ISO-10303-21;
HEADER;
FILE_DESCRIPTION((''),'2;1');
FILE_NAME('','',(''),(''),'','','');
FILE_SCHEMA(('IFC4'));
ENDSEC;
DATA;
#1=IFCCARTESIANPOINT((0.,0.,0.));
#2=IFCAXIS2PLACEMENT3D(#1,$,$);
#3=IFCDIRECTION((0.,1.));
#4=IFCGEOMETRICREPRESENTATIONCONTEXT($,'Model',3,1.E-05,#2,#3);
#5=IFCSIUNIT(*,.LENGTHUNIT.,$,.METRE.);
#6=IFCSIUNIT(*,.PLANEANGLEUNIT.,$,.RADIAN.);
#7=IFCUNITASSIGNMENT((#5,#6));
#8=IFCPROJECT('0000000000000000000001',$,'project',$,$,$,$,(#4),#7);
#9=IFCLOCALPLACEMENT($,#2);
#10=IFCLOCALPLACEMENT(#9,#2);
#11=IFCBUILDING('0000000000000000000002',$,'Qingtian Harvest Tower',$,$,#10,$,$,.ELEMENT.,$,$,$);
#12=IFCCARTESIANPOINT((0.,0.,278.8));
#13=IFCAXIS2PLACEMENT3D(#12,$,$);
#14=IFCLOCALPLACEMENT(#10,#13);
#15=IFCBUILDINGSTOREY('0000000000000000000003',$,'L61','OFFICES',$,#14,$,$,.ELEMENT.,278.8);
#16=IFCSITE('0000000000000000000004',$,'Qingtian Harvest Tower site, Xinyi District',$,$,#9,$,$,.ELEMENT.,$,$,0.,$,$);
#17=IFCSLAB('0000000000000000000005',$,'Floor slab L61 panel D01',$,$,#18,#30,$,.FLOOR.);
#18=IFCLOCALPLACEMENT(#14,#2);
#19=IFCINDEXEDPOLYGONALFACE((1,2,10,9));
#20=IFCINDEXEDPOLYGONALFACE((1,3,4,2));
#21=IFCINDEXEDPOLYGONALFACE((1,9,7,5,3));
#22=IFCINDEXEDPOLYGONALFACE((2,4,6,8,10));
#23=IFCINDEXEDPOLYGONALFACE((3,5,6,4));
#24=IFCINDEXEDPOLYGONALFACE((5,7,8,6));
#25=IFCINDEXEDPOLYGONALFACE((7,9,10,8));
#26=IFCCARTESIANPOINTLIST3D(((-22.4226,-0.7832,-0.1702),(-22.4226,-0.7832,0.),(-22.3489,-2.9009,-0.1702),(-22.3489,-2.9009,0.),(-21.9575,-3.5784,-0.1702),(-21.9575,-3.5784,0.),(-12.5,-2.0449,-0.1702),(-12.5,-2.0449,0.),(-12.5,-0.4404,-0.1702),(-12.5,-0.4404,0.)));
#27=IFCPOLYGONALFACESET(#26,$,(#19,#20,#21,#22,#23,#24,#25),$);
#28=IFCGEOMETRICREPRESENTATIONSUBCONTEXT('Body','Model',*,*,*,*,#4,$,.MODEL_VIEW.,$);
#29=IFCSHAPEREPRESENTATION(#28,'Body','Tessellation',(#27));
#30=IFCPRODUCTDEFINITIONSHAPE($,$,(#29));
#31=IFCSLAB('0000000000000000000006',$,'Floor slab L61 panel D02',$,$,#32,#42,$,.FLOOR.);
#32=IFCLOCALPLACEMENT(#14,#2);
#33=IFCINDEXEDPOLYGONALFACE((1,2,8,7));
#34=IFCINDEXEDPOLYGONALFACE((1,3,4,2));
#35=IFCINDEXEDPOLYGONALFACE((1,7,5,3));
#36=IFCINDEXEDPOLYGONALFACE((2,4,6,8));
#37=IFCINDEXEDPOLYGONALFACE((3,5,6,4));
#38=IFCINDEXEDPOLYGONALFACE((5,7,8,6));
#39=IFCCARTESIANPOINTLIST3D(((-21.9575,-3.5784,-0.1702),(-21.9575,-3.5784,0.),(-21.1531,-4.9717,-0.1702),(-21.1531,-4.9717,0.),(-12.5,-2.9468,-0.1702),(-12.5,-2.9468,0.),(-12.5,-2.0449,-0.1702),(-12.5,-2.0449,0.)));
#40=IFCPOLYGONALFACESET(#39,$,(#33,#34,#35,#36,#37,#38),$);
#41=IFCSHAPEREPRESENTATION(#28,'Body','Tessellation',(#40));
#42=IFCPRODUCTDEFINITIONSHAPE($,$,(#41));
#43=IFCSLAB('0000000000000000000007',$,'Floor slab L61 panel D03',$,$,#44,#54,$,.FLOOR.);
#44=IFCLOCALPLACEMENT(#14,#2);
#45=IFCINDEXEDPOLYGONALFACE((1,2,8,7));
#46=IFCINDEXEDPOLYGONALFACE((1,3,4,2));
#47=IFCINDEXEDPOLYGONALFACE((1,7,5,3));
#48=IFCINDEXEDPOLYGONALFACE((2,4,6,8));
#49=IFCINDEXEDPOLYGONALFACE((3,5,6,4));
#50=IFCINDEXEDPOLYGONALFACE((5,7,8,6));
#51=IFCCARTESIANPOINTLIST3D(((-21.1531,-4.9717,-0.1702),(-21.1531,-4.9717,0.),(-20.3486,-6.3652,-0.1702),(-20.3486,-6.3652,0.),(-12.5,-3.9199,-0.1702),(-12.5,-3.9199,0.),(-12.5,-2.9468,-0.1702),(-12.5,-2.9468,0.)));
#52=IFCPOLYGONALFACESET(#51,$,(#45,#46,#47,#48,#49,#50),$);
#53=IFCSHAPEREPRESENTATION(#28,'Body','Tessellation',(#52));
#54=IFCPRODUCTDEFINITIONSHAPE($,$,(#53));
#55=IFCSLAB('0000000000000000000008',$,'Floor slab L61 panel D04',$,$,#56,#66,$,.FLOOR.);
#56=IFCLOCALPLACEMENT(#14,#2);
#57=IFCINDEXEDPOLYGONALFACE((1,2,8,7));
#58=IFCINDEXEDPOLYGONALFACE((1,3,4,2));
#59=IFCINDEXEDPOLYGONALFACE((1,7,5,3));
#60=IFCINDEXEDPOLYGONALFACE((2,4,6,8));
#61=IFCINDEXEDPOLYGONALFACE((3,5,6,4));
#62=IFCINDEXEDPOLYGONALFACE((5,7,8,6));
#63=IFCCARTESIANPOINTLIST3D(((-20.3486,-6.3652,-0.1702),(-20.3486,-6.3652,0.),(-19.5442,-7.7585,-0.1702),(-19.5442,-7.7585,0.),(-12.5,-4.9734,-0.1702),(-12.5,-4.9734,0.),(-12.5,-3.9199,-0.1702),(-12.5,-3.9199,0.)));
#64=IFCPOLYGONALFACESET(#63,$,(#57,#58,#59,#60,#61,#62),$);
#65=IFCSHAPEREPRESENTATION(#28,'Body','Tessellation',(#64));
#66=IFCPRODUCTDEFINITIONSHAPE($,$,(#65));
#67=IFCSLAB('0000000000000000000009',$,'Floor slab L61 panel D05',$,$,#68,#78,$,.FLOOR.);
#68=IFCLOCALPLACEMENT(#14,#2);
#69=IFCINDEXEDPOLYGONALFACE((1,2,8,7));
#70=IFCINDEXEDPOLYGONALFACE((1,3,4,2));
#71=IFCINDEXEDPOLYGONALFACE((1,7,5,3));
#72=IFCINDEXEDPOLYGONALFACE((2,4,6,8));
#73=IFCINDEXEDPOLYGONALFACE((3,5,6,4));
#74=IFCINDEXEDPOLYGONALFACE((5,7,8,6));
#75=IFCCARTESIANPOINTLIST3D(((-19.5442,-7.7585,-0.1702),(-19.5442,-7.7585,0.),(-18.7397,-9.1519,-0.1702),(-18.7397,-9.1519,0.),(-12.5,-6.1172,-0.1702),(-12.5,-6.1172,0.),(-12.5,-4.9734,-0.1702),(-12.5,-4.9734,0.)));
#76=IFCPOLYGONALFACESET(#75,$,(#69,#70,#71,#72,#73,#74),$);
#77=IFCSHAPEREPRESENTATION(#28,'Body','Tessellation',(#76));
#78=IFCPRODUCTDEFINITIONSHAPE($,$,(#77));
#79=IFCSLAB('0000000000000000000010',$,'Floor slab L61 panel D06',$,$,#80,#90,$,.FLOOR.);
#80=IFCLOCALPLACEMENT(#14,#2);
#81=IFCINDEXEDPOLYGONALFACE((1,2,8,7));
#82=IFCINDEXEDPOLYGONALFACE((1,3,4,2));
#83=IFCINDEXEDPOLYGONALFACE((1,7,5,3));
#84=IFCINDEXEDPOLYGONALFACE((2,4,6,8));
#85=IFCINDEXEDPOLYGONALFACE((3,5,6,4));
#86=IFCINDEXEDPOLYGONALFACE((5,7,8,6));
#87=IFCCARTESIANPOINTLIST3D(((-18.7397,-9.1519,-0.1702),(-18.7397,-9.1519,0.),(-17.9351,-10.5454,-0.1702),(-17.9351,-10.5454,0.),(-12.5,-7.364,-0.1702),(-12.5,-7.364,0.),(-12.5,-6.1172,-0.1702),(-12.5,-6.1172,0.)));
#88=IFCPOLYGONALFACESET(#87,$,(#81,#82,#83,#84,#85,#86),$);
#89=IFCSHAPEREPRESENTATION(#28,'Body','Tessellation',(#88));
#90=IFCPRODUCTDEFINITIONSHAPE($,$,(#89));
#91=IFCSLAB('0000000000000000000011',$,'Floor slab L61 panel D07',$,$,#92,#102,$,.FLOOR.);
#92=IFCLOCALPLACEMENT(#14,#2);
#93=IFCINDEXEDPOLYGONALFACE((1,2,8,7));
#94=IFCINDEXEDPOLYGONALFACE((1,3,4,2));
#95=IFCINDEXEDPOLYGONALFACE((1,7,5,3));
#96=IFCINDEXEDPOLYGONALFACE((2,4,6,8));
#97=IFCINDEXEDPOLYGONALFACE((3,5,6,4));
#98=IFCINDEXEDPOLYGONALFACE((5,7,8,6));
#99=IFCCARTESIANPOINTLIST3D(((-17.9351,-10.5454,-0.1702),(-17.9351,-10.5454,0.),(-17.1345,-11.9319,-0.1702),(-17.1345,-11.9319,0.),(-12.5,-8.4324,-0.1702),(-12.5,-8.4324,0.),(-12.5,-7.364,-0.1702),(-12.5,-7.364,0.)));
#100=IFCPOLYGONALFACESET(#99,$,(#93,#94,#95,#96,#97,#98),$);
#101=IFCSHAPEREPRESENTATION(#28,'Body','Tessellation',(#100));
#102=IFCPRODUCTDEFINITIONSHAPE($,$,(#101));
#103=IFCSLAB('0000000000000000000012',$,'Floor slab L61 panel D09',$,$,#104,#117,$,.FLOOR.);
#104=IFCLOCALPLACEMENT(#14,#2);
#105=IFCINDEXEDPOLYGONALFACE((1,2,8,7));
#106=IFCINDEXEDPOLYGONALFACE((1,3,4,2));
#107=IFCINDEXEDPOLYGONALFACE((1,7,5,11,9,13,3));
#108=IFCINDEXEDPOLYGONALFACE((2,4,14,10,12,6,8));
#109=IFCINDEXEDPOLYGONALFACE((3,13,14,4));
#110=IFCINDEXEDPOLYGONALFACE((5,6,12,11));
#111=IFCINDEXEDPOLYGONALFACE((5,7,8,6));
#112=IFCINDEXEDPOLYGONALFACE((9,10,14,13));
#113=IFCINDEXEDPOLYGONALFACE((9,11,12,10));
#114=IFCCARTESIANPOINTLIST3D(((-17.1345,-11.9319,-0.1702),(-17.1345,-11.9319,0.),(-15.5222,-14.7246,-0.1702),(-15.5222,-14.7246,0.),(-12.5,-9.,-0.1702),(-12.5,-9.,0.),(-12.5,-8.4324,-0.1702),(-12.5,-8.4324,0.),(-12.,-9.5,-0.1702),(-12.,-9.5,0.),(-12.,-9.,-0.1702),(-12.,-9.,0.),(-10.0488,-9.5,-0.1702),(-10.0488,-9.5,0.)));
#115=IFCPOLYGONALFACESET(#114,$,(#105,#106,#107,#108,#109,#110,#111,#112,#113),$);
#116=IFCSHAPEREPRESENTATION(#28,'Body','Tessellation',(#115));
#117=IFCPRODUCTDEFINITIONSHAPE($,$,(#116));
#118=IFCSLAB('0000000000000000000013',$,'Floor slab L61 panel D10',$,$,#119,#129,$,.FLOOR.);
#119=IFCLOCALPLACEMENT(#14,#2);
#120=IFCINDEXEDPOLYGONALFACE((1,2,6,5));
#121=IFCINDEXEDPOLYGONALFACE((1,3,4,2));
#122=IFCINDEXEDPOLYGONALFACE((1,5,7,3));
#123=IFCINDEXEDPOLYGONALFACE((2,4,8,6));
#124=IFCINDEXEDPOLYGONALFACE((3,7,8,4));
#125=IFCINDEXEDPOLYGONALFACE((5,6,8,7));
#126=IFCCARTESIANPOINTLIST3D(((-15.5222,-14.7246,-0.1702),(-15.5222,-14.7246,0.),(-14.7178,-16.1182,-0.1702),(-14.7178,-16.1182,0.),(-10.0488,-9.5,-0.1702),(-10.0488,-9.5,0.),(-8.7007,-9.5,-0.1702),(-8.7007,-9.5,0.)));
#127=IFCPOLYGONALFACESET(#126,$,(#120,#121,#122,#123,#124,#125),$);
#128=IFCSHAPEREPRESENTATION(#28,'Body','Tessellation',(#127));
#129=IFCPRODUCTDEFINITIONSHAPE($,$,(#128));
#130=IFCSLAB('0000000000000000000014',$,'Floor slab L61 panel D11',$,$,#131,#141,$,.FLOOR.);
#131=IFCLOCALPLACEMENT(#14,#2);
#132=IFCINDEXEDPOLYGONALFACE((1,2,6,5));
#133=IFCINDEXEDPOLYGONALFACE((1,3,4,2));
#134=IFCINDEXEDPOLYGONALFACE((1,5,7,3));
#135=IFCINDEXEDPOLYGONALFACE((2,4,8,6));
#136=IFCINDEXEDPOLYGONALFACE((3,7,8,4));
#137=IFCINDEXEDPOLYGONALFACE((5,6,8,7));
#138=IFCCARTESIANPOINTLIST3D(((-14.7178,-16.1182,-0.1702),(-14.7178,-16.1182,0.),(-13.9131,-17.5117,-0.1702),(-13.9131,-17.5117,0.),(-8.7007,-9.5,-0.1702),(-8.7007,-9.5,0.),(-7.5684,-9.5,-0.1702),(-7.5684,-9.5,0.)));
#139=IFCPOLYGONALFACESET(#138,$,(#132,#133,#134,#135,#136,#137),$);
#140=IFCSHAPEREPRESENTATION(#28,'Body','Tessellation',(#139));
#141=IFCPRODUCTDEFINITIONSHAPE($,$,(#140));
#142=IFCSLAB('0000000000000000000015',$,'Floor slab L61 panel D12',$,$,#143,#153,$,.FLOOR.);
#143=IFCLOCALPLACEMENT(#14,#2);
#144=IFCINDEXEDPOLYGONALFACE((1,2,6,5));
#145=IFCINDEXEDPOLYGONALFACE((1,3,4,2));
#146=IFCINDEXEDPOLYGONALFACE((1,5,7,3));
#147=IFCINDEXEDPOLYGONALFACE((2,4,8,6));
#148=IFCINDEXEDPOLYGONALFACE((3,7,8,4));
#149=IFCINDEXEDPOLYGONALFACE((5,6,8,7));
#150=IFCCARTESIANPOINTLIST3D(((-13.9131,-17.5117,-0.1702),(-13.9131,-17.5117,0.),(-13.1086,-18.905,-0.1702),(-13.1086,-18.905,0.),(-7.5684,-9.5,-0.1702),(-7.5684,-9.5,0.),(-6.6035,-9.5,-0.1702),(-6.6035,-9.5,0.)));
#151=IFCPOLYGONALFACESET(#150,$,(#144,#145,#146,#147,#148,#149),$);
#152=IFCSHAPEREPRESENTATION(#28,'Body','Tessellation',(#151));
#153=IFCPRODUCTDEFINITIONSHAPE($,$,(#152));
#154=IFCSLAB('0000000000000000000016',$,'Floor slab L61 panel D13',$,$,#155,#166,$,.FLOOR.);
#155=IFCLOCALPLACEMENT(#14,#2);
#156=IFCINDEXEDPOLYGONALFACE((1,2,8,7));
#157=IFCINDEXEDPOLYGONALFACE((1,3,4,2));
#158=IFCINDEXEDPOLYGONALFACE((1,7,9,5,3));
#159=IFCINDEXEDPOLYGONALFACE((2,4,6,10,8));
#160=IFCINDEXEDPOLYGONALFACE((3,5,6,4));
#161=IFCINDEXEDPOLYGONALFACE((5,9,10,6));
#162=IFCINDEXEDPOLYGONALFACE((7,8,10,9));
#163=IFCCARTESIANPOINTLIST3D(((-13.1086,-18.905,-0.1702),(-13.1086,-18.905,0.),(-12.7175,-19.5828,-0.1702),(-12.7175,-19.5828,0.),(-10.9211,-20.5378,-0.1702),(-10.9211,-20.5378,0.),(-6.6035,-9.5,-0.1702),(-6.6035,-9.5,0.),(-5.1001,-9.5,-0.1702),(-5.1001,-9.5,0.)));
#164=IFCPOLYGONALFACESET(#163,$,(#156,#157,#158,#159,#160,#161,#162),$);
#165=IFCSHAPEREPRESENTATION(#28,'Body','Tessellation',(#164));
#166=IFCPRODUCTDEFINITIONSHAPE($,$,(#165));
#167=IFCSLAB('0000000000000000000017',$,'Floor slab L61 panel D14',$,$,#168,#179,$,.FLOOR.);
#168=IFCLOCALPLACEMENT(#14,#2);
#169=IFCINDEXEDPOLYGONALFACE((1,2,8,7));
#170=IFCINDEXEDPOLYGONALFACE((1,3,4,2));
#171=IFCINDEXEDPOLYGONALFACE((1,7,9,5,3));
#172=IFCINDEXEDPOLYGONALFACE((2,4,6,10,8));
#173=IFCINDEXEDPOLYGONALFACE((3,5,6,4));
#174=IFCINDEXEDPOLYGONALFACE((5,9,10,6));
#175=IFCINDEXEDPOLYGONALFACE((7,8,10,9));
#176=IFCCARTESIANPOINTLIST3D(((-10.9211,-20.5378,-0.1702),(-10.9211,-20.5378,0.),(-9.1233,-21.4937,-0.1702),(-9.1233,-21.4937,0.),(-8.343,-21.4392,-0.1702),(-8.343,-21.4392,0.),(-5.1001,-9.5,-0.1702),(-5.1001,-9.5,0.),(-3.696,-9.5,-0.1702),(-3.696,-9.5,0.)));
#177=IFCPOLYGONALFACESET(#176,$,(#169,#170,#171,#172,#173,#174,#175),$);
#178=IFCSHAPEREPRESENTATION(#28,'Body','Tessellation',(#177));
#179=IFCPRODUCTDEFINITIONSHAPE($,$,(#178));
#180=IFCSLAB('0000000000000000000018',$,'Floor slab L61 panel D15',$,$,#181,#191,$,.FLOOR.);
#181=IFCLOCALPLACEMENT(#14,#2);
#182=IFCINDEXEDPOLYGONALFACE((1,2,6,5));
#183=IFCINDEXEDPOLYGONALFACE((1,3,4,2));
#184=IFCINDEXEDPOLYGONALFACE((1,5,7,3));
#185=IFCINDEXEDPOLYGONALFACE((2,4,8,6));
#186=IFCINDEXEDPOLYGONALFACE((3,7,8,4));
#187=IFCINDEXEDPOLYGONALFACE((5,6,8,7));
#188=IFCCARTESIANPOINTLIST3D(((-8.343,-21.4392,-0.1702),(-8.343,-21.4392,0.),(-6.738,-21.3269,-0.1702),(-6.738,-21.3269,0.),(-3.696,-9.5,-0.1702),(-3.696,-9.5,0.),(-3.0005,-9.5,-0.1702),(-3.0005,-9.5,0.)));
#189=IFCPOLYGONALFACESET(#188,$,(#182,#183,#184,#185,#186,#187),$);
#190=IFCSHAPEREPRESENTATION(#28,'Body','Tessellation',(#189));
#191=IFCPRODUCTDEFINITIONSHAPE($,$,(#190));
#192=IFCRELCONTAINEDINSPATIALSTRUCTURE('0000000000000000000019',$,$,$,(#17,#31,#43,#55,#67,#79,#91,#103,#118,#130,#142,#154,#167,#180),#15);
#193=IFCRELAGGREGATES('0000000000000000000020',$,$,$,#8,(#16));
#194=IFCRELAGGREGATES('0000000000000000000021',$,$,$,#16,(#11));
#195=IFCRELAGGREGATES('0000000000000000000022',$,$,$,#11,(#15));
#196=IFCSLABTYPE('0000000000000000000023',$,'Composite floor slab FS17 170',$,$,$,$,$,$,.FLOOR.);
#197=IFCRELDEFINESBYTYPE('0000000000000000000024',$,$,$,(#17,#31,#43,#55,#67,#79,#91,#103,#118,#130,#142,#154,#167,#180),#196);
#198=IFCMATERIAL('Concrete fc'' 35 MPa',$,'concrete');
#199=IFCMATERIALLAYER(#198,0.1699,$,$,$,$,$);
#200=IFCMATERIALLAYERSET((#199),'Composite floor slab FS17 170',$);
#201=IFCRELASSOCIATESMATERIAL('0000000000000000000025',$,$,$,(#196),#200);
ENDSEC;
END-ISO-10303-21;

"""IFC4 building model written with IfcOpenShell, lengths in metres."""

from ifc_helpers import new_model, si_unit, direction, frame, origin, place, context, subcontext, project, spatial, polyline, outline, extrude, material, layer, layer_set, type_object, element, save


model = new_model("IFC4")

# Units and contexts
model_context = context("Model", 3, precision=1e-05, world=origin(), true_north=direction((0.0, 1.0)))
body_context = subcontext(model_context, "Body", "Model", "MODEL_VIEW")
ifc_project = project(units=[si_unit("LENGTHUNIT", "METRE"), si_unit("PLANEANGLEUNIT", "RADIAN")], contexts=[model_context])

# Site, building, storey
site_placement = place(None, origin())
site = spatial("IfcSite", under=ifc_project, at=site_placement, Name="Qingtian Harvest Tower site, Xinyi District", CompositionType="ELEMENT", RefElevation=0.0)
building_placement = place(site_placement, origin())
building = spatial("IfcBuilding", under=site, at=building_placement, Name="Qingtian Harvest Tower", CompositionType="ELEMENT")
storey_placement = place(building_placement, frame((0.0, 0.0, 278.8)))
storey = spatial("IfcBuildingStorey", under=building, at=storey_placement, Name="L61", Description="OFFICES", CompositionType="ELEMENT", Elevation=278.8)

# Slabs
ifc_material_1 = material(Name="Concrete fc' 35 MPa", Category="concrete")
ifc_layer_1 = layer(ifc_material_1, 0.1699)
ifc_layer_set_1 = layer_set([ifc_layer_1], Name="Composite floor slab FS17 170")
slab_type_1 = type_object("IfcSlabType", Name="Composite floor slab FS17 170", PredefinedType="FLOOR", material=ifc_layer_set_1)
slab_1_placement = place(storey_placement, frame((0.0, 0.0, -0.1702)))
element("IfcSlab", 1, at=slab_1_placement, inside=storey, type_object=slab_type_1, Name="Floor slab L61 panel D01", PredefinedType="FLOOR", context=body_context, shape_type="SweptSolid", body=[
    extrude(outline(polyline([(-22.4226, -0.7832), (-12.5, -0.4404), (-12.5, -2.0449), (-21.9575, -3.5784), (-22.3489, -2.9009), (-22.4226, -0.7832)])), origin(), (0.0, 0.0, 1.0), 0.1702),
])
slab_2_placement = place(storey_placement, frame((0.0, 0.0, -0.1702)))
element("IfcSlab", 2, at=slab_2_placement, inside=storey, type_object=slab_type_1, Name="Floor slab L61 panel D02", PredefinedType="FLOOR", context=body_context, shape_type="SweptSolid", body=[
    extrude(outline(polyline([(-12.5, -2.9468), (-21.1531, -4.9717), (-21.9575, -3.5784), (-12.5, -2.0449), (-12.5, -2.9468)])), origin(), (0.0, 0.0, 1.0), 0.1702),
])
slab_3_placement = place(storey_placement, frame((0.0, 0.0, -0.1702)))
element("IfcSlab", 3, at=slab_3_placement, inside=storey, type_object=slab_type_1, Name="Floor slab L61 panel D03", PredefinedType="FLOOR", context=body_context, shape_type="SweptSolid", body=[
    extrude(outline(polyline([(-12.5, -3.9199), (-20.3486, -6.3652), (-21.1531, -4.9717), (-12.5, -2.9468), (-12.5, -3.9199)])), origin(), (0.0, 0.0, 1.0), 0.1702),
])
slab_4_placement = place(storey_placement, frame((0.0, 0.0, -0.1702)))
element("IfcSlab", 4, at=slab_4_placement, inside=storey, type_object=slab_type_1, Name="Floor slab L61 panel D04", PredefinedType="FLOOR", context=body_context, shape_type="SweptSolid", body=[
    extrude(outline(polyline([(-12.5, -4.9734), (-19.5442, -7.7585), (-20.3486, -6.3652), (-12.5, -3.9199), (-12.5, -4.9734)])), origin(), (0.0, 0.0, 1.0), 0.1702),
])
slab_5_placement = place(storey_placement, frame((0.0, 0.0, -0.1702)))
element("IfcSlab", 5, at=slab_5_placement, inside=storey, type_object=slab_type_1, Name="Floor slab L61 panel D05", PredefinedType="FLOOR", context=body_context, shape_type="SweptSolid", body=[
    extrude(outline(polyline([(-12.5, -6.1172), (-18.7397, -9.1519), (-19.5442, -7.7585), (-12.5, -4.9734), (-12.5, -6.1172)])), origin(), (0.0, 0.0, 1.0), 0.1702),
])
slab_6_placement = place(storey_placement, frame((0.0, 0.0, -0.1702)))
element("IfcSlab", 6, at=slab_6_placement, inside=storey, type_object=slab_type_1, Name="Floor slab L61 panel D06", PredefinedType="FLOOR", context=body_context, shape_type="SweptSolid", body=[
    extrude(outline(polyline([(-12.5, -7.364), (-17.9351, -10.5454), (-18.7397, -9.1519), (-12.5, -6.1172), (-12.5, -7.364)])), origin(), (0.0, 0.0, 1.0), 0.1702),
])
slab_7_placement = place(storey_placement, frame((0.0, 0.0, -0.1702)))
element("IfcSlab", 7, at=slab_7_placement, inside=storey, type_object=slab_type_1, Name="Floor slab L61 panel D07", PredefinedType="FLOOR", context=body_context, shape_type="SweptSolid", body=[
    extrude(outline(polyline([(-12.5, -8.4324), (-17.1345, -11.9319), (-17.9351, -10.5454), (-12.5, -7.364), (-12.5, -8.4324)])), origin(), (0.0, 0.0, 1.0), 0.1702),
])
slab_8_placement = place(storey_placement, frame((0.0, 0.0, -0.1702)))
element("IfcSlab", 8, at=slab_8_placement, inside=storey, type_object=slab_type_1, Name="Floor slab L61 panel D09", PredefinedType="FLOOR", context=body_context, shape_type="SweptSolid", body=[
    extrude(outline(polyline([(-15.5222, -14.7246), (-17.1345, -11.9319), (-12.5, -8.4324), (-12.5, -9.0), (-12.0, -9.0), (-12.0, -9.5), (-10.0488, -9.5), (-15.5222, -14.7246)])), origin(), (0.0, 0.0, 1.0), 0.1702),
])
slab_9_placement = place(storey_placement, frame((0.0, 0.0, -0.1702)))
element("IfcSlab", 9, at=slab_9_placement, inside=storey, type_object=slab_type_1, Name="Floor slab L61 panel D10", PredefinedType="FLOOR", context=body_context, shape_type="SweptSolid", body=[
    extrude(outline(polyline([(-8.7007, -9.5), (-14.7178, -16.1182), (-15.5222, -14.7246), (-10.0488, -9.5), (-8.7007, -9.5)])), origin(), (0.0, 0.0, 1.0), 0.1702),
])
slab_10_placement = place(storey_placement, frame((0.0, 0.0, -0.1702)))
element("IfcSlab", 10, at=slab_10_placement, inside=storey, type_object=slab_type_1, Name="Floor slab L61 panel D11", PredefinedType="FLOOR", context=body_context, shape_type="SweptSolid", body=[
    extrude(outline(polyline([(-7.5684, -9.5), (-13.9131, -17.5117), (-14.7178, -16.1182), (-8.7007, -9.5), (-7.5684, -9.5)])), origin(), (0.0, 0.0, 1.0), 0.1702),
])
slab_11_placement = place(storey_placement, frame((0.0, 0.0, -0.1702)))
element("IfcSlab", 11, at=slab_11_placement, inside=storey, type_object=slab_type_1, Name="Floor slab L61 panel D12", PredefinedType="FLOOR", context=body_context, shape_type="SweptSolid", body=[
    extrude(outline(polyline([(-6.6035, -9.5), (-13.1086, -18.905), (-13.9131, -17.5117), (-7.5684, -9.5), (-6.6035, -9.5)])), origin(), (0.0, 0.0, 1.0), 0.1702),
])
slab_12_placement = place(storey_placement, frame((0.0, 0.0, -0.1702)))
element("IfcSlab", 12, at=slab_12_placement, inside=storey, type_object=slab_type_1, Name="Floor slab L61 panel D13", PredefinedType="FLOOR", context=body_context, shape_type="SweptSolid", body=[
    extrude(outline(polyline([(-6.6035, -9.5), (-5.1001, -9.5), (-10.9211, -20.5378), (-12.7175, -19.5828), (-13.1086, -18.905), (-6.6035, -9.5)])), origin(), (0.0, 0.0, 1.0), 0.1702),
])
slab_13_placement = place(storey_placement, frame((0.0, 0.0, -0.1702)))
element("IfcSlab", 13, at=slab_13_placement, inside=storey, type_object=slab_type_1, Name="Floor slab L61 panel D14", PredefinedType="FLOOR", context=body_context, shape_type="SweptSolid", body=[
    extrude(outline(polyline([(-5.1001, -9.5), (-3.696, -9.5), (-8.343, -21.4392), (-9.1233, -21.4937), (-10.9211, -20.5378), (-5.1001, -9.5)])), origin(), (0.0, 0.0, 1.0), 0.1702),
])
slab_14_placement = place(storey_placement, frame((0.0, 0.0, -0.1702)))
element("IfcSlab", 14, at=slab_14_placement, inside=storey, type_object=slab_type_1, Name="Floor slab L61 panel D15", PredefinedType="FLOOR", context=body_context, shape_type="SweptSolid", body=[
    extrude(outline(polyline([(-3.0005, -9.5), (-6.738, -21.3269), (-8.343, -21.4392), (-3.696, -9.5), (-3.0005, -9.5)])), origin(), (0.0, 0.0, 1.0), 0.1702),
])

save(model, "model.ifc")
